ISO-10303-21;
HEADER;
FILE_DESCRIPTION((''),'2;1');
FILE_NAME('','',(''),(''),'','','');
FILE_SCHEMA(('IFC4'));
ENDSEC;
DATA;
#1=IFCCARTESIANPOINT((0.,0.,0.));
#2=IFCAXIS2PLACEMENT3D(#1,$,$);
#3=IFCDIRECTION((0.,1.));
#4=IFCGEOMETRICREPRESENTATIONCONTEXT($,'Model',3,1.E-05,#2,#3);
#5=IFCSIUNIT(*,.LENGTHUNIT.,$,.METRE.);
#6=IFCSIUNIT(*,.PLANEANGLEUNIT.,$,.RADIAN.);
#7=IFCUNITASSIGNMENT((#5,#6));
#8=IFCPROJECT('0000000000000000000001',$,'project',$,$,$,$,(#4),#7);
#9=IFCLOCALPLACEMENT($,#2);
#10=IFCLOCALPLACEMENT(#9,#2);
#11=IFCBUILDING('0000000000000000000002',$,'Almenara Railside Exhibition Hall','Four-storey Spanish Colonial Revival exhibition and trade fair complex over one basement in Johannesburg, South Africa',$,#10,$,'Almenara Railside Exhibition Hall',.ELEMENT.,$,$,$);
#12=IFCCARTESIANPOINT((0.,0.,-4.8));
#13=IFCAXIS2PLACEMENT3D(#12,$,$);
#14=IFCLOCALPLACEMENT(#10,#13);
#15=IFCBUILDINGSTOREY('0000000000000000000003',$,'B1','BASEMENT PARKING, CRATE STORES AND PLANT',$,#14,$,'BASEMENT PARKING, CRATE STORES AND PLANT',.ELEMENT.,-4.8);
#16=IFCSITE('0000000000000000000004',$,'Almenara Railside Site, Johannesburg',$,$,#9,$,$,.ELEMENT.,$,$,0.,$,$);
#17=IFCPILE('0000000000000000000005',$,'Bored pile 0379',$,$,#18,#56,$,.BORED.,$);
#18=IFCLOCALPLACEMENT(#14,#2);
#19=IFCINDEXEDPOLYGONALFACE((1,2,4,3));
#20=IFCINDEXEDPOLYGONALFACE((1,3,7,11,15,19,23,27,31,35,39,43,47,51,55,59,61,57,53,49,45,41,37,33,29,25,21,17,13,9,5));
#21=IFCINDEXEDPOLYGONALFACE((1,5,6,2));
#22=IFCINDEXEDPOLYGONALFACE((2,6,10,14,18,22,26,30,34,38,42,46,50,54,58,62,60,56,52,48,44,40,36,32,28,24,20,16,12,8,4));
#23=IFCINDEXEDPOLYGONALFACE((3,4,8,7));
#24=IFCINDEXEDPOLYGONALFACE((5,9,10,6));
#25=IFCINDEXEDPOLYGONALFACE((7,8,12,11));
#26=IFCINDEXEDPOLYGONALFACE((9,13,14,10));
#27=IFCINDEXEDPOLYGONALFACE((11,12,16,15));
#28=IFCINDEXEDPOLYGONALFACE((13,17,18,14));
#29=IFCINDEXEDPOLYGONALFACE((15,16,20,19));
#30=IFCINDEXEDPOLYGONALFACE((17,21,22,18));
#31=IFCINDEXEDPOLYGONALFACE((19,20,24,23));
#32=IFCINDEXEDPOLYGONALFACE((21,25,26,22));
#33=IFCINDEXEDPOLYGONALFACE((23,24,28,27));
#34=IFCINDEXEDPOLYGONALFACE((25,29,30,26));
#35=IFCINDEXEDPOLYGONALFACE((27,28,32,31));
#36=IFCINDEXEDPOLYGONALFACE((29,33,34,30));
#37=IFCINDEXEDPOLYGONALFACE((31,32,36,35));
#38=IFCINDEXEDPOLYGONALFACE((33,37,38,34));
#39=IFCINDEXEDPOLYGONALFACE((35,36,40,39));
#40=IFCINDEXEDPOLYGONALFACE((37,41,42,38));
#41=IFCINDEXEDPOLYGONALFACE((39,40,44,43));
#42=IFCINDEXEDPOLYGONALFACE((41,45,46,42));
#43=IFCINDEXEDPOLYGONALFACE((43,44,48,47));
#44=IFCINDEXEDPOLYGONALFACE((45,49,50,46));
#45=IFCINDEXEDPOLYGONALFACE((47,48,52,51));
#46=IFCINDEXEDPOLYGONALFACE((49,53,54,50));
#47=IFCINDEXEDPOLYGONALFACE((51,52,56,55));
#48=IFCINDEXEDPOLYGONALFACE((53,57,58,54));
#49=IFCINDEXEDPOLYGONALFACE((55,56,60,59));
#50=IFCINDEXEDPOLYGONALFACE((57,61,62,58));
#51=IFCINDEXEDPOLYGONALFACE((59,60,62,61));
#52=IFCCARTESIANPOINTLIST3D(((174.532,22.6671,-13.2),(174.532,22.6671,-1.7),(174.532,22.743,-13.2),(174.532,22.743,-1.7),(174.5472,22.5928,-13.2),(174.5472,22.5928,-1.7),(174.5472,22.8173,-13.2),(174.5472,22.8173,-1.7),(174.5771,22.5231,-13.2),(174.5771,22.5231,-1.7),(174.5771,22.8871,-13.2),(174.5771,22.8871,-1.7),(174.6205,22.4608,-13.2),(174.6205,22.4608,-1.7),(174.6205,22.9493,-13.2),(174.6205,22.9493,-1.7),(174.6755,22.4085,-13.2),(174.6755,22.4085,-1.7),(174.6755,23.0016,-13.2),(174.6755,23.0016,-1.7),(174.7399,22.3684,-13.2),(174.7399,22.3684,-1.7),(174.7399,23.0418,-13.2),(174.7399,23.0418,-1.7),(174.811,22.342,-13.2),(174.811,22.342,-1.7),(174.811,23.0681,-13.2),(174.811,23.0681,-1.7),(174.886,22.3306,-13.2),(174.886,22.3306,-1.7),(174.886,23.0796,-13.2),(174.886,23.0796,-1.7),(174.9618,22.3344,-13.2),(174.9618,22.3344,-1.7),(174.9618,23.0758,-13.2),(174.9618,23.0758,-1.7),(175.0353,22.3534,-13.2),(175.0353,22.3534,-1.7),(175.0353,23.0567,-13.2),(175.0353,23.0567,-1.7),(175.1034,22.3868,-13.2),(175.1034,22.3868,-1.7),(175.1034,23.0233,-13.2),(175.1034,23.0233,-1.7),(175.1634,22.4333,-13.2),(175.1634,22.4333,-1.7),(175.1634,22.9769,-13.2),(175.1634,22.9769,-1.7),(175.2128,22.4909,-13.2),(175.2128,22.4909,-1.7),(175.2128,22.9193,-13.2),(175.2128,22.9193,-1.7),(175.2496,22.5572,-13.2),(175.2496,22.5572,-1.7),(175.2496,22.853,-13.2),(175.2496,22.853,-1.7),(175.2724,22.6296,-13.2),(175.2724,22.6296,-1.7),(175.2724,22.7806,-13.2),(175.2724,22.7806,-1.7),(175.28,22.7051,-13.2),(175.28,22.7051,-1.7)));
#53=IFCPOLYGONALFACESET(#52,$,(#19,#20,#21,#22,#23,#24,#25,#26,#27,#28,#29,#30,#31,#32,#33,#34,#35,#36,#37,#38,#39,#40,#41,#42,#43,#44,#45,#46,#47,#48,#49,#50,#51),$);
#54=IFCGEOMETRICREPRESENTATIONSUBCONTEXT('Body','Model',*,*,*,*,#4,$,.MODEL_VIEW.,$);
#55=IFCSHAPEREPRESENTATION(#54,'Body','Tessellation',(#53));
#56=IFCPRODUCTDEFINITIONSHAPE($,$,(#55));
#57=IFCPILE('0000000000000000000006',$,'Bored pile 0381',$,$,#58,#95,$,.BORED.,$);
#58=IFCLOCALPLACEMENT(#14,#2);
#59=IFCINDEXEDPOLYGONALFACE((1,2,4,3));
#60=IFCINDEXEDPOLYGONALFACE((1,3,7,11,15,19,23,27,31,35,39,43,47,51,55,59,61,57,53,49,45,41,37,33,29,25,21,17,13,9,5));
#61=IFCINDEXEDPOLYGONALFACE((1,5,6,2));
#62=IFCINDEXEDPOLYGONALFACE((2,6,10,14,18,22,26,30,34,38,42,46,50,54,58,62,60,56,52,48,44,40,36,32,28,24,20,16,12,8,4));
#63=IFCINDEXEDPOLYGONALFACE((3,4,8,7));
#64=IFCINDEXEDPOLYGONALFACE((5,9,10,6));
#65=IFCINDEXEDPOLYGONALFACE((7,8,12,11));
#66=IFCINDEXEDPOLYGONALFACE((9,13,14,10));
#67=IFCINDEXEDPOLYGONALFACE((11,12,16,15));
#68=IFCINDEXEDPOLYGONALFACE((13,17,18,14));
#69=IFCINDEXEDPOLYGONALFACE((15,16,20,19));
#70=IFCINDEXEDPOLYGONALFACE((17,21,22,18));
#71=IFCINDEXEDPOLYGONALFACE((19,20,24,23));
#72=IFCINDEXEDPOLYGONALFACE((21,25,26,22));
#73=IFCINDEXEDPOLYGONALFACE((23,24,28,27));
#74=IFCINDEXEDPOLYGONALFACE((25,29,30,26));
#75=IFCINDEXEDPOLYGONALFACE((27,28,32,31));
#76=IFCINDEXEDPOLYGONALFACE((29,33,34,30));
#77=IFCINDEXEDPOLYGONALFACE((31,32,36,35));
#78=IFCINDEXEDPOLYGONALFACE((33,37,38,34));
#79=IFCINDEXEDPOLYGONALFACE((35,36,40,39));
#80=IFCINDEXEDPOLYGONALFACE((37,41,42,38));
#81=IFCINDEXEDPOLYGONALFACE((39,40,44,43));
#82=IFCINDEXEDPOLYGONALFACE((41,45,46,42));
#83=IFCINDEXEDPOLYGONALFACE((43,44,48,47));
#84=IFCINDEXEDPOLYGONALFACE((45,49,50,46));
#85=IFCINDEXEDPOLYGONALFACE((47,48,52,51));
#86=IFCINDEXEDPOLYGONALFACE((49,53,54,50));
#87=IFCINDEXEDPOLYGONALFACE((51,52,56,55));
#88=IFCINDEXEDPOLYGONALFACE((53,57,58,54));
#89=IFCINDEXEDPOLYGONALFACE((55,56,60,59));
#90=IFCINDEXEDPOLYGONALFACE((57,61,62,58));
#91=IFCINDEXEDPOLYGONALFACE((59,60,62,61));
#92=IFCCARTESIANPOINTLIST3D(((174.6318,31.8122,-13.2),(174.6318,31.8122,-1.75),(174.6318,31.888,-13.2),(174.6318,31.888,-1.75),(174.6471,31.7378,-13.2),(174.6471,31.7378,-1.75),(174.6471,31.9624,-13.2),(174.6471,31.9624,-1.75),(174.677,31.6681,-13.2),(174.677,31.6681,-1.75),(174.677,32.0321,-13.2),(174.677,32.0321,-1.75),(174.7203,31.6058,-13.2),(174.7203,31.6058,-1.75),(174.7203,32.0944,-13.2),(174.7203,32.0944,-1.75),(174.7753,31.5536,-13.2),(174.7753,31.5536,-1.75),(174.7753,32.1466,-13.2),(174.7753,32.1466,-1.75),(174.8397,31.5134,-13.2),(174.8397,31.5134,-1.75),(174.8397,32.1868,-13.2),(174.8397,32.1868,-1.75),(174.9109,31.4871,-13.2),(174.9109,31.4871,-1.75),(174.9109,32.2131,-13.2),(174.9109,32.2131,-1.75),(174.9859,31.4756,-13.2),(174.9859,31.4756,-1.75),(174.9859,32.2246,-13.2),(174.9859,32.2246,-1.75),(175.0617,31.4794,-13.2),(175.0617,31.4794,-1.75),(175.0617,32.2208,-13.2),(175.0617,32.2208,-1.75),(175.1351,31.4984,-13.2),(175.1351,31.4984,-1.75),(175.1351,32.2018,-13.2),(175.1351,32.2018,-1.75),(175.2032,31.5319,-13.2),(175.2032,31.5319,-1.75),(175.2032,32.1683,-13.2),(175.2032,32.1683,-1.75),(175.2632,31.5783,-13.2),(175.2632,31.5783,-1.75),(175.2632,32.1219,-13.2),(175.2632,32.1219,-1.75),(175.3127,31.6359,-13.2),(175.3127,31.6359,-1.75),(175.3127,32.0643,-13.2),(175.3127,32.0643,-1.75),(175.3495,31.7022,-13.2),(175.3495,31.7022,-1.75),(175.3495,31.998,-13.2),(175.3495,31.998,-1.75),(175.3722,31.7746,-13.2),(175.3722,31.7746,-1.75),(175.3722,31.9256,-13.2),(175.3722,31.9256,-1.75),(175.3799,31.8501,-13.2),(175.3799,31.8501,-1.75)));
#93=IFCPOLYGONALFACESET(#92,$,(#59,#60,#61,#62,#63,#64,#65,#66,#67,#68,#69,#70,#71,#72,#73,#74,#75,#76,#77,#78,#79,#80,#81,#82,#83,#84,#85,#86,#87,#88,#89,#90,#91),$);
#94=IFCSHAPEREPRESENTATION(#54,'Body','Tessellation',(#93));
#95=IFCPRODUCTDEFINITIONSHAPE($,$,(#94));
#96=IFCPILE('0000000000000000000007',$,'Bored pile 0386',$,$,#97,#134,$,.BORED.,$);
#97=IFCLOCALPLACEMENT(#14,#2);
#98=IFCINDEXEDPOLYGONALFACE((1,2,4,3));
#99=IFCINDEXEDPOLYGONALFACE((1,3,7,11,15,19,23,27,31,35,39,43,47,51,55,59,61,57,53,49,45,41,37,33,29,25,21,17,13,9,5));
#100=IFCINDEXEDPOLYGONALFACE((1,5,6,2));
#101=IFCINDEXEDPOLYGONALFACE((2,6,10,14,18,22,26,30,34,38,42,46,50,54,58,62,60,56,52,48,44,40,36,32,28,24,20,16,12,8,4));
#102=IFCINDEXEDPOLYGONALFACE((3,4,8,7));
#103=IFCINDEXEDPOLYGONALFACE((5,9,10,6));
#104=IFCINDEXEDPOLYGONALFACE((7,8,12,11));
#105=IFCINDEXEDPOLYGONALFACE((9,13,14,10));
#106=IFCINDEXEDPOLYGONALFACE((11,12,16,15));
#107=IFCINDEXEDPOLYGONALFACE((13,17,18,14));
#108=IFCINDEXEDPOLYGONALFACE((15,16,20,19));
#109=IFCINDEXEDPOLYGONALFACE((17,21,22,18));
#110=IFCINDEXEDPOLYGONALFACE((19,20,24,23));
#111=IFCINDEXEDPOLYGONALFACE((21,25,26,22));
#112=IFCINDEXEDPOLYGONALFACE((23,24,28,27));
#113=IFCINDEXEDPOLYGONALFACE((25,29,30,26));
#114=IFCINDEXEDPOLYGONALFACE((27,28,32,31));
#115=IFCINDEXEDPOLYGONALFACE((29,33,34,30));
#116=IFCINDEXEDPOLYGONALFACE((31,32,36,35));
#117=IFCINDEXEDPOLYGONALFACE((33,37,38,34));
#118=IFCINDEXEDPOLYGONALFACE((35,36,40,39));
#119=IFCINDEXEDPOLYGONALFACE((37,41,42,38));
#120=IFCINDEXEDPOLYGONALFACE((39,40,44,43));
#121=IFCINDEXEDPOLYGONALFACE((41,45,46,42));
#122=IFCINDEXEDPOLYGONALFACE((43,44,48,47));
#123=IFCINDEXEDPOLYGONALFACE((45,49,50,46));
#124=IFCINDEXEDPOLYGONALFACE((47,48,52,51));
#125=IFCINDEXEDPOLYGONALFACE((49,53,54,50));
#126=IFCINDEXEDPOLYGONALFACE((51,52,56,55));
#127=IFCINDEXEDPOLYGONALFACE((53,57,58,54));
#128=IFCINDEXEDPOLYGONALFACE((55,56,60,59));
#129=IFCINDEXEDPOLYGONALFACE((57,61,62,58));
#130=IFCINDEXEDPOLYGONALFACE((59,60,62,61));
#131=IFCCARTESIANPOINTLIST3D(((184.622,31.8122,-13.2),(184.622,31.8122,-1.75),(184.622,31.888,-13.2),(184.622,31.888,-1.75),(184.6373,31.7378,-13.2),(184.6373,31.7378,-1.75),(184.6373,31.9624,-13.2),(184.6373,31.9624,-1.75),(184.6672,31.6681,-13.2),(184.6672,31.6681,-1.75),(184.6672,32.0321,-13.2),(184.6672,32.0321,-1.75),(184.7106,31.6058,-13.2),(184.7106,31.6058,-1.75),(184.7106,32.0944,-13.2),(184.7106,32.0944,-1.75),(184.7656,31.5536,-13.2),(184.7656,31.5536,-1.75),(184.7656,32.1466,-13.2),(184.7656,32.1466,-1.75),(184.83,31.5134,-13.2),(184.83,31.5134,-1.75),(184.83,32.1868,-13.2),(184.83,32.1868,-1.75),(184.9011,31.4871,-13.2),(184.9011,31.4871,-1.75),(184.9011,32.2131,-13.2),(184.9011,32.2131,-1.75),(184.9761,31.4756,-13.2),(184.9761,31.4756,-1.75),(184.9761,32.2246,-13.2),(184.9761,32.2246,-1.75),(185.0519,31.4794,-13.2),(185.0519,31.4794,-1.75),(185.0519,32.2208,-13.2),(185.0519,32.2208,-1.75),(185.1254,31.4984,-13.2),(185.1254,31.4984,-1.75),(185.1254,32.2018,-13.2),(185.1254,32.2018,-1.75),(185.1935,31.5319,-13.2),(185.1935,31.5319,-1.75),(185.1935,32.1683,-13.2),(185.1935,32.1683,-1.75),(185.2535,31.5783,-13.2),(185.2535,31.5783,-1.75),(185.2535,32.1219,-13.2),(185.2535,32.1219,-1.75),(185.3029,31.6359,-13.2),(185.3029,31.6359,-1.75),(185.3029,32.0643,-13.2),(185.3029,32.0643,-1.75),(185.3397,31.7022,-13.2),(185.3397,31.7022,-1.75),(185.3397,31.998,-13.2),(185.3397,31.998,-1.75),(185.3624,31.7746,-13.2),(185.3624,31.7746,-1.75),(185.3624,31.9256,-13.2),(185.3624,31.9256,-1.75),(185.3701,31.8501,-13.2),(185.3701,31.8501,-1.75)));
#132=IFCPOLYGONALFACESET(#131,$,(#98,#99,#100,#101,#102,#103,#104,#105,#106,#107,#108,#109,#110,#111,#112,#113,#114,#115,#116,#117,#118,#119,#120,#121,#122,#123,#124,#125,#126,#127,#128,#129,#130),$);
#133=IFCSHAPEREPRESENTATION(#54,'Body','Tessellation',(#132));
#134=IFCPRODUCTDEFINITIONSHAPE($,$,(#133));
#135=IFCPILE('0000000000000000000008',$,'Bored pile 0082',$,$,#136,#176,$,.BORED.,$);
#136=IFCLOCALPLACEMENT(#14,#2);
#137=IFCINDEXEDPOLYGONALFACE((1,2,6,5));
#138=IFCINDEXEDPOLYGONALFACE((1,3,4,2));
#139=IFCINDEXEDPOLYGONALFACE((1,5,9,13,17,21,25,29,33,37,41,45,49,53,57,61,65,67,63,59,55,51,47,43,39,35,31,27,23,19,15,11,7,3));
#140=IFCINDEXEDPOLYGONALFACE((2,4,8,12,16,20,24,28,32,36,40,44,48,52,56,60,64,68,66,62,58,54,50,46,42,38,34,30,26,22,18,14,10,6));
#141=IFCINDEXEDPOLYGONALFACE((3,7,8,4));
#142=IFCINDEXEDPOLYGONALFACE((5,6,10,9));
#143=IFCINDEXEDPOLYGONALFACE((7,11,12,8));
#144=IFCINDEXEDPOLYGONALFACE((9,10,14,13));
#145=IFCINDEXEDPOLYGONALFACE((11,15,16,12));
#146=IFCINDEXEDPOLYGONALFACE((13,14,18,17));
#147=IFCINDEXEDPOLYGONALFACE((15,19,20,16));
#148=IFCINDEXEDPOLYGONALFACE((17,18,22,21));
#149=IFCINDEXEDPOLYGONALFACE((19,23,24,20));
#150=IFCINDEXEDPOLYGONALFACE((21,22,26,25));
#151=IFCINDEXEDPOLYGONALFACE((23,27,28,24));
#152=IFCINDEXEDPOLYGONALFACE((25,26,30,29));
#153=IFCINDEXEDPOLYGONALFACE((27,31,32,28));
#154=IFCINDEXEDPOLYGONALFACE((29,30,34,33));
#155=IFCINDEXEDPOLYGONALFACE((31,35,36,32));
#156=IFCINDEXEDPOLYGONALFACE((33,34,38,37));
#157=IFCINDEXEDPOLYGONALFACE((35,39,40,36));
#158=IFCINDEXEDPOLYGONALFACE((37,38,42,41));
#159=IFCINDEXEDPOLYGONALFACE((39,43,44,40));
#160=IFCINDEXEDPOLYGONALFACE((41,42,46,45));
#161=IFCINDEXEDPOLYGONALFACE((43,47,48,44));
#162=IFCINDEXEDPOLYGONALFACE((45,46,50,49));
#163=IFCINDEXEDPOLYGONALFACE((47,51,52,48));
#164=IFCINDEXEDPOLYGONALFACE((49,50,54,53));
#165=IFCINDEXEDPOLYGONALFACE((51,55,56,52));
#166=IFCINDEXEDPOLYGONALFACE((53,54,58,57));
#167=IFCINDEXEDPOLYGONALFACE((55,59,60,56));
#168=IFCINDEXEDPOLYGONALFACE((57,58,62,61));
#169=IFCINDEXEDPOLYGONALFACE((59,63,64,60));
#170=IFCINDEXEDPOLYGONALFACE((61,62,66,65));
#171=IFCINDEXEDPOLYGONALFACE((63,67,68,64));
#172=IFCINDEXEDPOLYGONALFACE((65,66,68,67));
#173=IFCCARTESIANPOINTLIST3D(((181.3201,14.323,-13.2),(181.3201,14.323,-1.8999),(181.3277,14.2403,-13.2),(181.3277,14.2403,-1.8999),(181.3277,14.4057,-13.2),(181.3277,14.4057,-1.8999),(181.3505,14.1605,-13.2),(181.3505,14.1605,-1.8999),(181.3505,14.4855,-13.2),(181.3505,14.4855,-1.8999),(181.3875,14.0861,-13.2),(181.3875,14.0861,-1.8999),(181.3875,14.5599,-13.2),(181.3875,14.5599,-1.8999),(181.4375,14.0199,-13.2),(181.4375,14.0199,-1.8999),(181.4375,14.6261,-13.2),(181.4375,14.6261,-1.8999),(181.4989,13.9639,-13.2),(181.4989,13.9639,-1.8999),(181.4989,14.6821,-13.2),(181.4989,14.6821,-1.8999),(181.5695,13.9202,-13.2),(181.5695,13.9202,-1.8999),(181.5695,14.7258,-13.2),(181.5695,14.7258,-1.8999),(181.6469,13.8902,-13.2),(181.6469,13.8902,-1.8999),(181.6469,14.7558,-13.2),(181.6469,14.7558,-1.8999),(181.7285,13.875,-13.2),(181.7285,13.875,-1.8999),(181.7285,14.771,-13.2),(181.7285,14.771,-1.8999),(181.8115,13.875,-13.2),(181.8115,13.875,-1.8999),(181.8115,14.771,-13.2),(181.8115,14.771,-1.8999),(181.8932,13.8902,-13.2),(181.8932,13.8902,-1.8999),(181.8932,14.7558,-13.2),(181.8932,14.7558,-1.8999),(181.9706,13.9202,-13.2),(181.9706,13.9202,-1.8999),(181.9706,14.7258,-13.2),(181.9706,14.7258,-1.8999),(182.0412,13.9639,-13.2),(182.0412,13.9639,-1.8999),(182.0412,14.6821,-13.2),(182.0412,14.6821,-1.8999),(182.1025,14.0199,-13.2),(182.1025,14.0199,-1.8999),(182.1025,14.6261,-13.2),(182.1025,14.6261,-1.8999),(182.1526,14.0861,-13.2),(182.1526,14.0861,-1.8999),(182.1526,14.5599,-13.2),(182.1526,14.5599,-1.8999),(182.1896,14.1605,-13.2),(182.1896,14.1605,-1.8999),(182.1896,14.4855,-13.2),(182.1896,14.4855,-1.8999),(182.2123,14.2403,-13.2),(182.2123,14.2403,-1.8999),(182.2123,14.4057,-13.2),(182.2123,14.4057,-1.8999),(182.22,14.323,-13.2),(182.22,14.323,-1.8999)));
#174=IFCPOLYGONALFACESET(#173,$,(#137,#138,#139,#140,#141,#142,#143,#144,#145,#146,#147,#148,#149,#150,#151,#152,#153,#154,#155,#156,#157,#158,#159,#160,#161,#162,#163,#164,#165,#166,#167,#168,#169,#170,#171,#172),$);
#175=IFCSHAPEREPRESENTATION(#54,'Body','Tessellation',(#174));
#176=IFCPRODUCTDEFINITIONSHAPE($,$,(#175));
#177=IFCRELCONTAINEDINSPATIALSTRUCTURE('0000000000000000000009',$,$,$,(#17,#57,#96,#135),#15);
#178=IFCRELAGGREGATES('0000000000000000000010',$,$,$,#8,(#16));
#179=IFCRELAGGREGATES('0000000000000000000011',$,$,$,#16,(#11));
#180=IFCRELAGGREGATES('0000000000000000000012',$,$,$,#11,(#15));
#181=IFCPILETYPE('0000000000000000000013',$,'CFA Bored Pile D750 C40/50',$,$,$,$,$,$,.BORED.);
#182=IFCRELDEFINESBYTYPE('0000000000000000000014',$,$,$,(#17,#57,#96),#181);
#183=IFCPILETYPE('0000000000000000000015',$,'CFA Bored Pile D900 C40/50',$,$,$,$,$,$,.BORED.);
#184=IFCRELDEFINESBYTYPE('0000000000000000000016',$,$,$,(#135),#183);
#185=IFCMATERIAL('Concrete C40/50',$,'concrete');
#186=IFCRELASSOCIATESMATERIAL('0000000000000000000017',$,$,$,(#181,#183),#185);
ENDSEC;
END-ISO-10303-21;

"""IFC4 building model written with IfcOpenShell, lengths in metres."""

from ifc_helpers import new_model, si_unit, direction, frame, origin, origin_2d, place, context, subcontext, project, spatial, circle, extrude, material, material_profile, profile_set, type_object, element, save


model = new_model("IFC4")

# Units and contexts
model_context = context("Model", 3, precision=1e-05, world=origin(), true_north=direction((0.0, 1.0)))
body_context = subcontext(model_context, "Body", "Model", "MODEL_VIEW")
ifc_project = project(units=[si_unit("LENGTHUNIT", "METRE"), si_unit("PLANEANGLEUNIT", "RADIAN")], contexts=[model_context])

# Site, building, storey
site_placement = place(None, origin())
site = spatial("IfcSite", under=ifc_project, at=site_placement, Name="Almenara Railside Site, Johannesburg", CompositionType="ELEMENT", RefElevation=0.0)
building_placement = place(site_placement, origin())
building = spatial("IfcBuilding", under=site, at=building_placement, Name="Almenara Railside Exhibition Hall", Description="Four-storey Spanish Colonial Revival exhibition and trade fair complex over one basement in Johannesburg, South Africa", LongName="Almenara Railside Exhibition Hall", CompositionType="ELEMENT")
storey_placement = place(building_placement, frame((0.0, 0.0, -4.8)))
storey = spatial("IfcBuildingStorey", under=building, at=storey_placement, Name="B1", Description="BASEMENT PARKING, CRATE STORES AND PLANT", LongName="BASEMENT PARKING, CRATE STORES AND PLANT", CompositionType="ELEMENT", Elevation=-4.8)

# Piles
ifc_material_1 = material(Name="Concrete C40/50", Category="concrete")
ifc_material_profile_1 = material_profile(ifc_material_1, circle(Radius=0.375, at=origin_2d()), Name="CFA-PILE D750")
ifc_profile_set_1 = profile_set([ifc_material_profile_1], Name="Concrete C40/50")
pile_type_1 = type_object("IfcPileType", Name="CFA Bored Pile D750 C40/50", PredefinedType="BORED", material=ifc_profile_set_1)
pile_placement = place(storey_placement, frame((174.905, 22.7051, -1.7), z_axis=(0.0, 0.0, -1.0), x_axis=(1.0, 0.0, 0.0)))
element("IfcPile", 1, at=pile_placement, inside=storey, type_object=pile_type_1, Name="Bored pile 0379", PredefinedType="BORED", context=body_context, shape_type="SweptSolid", body=[
    extrude(circle(Radius=0.375, at=origin_2d()), origin(), (0.0, 0.0, 1.0), 11.5),
])
for number, where, z_axis, x_axis, name in (
    (2, (175.0049, 31.8501, -1.75), (0.0, 0.0, -1.0), (1.0, 0.0, 0.0), "Bored pile 0381"),
    (3, (184.9951, 31.8501, -1.75), (0.0, 0.0, -1.0), (1.0, 0.0, 0.0), "Bored pile 0386"),
):
    element("IfcPile", number, at=place(storey_placement, frame(where, z_axis=z_axis, x_axis=x_axis)), inside=storey, type_object=pile_type_1, Name=name, PredefinedType="BORED", context=body_context, shape_type="SweptSolid", body=[
        extrude(circle(Radius=0.375, at=origin_2d()), origin(), (0.0, 0.0, 1.0), 11.45),
    ])
ifc_material_profile_2 = material_profile(ifc_material_1, circle(Radius=0.45, at=origin_2d()), Name="CFA-PILE D900")
ifc_profile_set_2 = profile_set([ifc_material_profile_2], Name="Concrete C40/50")
pile_type_2 = type_object("IfcPileType", Name="CFA Bored Pile D900 C40/50", PredefinedType="BORED", material=ifc_profile_set_2)
for number, where, z_axis, x_axis, name in (
    (4, (181.77, 14.323, -1.8999), (0.0, 0.0, -1.0), (1.0, 0.0, 0.0), "Bored pile 0082"),
):
    element("IfcPile", number, at=place(storey_placement, frame(where, z_axis=z_axis, x_axis=x_axis)), inside=storey, type_object=pile_type_2, Name=name, PredefinedType="BORED", context=body_context, shape_type="SweptSolid", body=[
        extrude(circle(Radius=0.45, at=origin_2d()), origin(), (0.0, 0.0, 1.0), 11.3),
    ])

save(model, "model.ifc")
